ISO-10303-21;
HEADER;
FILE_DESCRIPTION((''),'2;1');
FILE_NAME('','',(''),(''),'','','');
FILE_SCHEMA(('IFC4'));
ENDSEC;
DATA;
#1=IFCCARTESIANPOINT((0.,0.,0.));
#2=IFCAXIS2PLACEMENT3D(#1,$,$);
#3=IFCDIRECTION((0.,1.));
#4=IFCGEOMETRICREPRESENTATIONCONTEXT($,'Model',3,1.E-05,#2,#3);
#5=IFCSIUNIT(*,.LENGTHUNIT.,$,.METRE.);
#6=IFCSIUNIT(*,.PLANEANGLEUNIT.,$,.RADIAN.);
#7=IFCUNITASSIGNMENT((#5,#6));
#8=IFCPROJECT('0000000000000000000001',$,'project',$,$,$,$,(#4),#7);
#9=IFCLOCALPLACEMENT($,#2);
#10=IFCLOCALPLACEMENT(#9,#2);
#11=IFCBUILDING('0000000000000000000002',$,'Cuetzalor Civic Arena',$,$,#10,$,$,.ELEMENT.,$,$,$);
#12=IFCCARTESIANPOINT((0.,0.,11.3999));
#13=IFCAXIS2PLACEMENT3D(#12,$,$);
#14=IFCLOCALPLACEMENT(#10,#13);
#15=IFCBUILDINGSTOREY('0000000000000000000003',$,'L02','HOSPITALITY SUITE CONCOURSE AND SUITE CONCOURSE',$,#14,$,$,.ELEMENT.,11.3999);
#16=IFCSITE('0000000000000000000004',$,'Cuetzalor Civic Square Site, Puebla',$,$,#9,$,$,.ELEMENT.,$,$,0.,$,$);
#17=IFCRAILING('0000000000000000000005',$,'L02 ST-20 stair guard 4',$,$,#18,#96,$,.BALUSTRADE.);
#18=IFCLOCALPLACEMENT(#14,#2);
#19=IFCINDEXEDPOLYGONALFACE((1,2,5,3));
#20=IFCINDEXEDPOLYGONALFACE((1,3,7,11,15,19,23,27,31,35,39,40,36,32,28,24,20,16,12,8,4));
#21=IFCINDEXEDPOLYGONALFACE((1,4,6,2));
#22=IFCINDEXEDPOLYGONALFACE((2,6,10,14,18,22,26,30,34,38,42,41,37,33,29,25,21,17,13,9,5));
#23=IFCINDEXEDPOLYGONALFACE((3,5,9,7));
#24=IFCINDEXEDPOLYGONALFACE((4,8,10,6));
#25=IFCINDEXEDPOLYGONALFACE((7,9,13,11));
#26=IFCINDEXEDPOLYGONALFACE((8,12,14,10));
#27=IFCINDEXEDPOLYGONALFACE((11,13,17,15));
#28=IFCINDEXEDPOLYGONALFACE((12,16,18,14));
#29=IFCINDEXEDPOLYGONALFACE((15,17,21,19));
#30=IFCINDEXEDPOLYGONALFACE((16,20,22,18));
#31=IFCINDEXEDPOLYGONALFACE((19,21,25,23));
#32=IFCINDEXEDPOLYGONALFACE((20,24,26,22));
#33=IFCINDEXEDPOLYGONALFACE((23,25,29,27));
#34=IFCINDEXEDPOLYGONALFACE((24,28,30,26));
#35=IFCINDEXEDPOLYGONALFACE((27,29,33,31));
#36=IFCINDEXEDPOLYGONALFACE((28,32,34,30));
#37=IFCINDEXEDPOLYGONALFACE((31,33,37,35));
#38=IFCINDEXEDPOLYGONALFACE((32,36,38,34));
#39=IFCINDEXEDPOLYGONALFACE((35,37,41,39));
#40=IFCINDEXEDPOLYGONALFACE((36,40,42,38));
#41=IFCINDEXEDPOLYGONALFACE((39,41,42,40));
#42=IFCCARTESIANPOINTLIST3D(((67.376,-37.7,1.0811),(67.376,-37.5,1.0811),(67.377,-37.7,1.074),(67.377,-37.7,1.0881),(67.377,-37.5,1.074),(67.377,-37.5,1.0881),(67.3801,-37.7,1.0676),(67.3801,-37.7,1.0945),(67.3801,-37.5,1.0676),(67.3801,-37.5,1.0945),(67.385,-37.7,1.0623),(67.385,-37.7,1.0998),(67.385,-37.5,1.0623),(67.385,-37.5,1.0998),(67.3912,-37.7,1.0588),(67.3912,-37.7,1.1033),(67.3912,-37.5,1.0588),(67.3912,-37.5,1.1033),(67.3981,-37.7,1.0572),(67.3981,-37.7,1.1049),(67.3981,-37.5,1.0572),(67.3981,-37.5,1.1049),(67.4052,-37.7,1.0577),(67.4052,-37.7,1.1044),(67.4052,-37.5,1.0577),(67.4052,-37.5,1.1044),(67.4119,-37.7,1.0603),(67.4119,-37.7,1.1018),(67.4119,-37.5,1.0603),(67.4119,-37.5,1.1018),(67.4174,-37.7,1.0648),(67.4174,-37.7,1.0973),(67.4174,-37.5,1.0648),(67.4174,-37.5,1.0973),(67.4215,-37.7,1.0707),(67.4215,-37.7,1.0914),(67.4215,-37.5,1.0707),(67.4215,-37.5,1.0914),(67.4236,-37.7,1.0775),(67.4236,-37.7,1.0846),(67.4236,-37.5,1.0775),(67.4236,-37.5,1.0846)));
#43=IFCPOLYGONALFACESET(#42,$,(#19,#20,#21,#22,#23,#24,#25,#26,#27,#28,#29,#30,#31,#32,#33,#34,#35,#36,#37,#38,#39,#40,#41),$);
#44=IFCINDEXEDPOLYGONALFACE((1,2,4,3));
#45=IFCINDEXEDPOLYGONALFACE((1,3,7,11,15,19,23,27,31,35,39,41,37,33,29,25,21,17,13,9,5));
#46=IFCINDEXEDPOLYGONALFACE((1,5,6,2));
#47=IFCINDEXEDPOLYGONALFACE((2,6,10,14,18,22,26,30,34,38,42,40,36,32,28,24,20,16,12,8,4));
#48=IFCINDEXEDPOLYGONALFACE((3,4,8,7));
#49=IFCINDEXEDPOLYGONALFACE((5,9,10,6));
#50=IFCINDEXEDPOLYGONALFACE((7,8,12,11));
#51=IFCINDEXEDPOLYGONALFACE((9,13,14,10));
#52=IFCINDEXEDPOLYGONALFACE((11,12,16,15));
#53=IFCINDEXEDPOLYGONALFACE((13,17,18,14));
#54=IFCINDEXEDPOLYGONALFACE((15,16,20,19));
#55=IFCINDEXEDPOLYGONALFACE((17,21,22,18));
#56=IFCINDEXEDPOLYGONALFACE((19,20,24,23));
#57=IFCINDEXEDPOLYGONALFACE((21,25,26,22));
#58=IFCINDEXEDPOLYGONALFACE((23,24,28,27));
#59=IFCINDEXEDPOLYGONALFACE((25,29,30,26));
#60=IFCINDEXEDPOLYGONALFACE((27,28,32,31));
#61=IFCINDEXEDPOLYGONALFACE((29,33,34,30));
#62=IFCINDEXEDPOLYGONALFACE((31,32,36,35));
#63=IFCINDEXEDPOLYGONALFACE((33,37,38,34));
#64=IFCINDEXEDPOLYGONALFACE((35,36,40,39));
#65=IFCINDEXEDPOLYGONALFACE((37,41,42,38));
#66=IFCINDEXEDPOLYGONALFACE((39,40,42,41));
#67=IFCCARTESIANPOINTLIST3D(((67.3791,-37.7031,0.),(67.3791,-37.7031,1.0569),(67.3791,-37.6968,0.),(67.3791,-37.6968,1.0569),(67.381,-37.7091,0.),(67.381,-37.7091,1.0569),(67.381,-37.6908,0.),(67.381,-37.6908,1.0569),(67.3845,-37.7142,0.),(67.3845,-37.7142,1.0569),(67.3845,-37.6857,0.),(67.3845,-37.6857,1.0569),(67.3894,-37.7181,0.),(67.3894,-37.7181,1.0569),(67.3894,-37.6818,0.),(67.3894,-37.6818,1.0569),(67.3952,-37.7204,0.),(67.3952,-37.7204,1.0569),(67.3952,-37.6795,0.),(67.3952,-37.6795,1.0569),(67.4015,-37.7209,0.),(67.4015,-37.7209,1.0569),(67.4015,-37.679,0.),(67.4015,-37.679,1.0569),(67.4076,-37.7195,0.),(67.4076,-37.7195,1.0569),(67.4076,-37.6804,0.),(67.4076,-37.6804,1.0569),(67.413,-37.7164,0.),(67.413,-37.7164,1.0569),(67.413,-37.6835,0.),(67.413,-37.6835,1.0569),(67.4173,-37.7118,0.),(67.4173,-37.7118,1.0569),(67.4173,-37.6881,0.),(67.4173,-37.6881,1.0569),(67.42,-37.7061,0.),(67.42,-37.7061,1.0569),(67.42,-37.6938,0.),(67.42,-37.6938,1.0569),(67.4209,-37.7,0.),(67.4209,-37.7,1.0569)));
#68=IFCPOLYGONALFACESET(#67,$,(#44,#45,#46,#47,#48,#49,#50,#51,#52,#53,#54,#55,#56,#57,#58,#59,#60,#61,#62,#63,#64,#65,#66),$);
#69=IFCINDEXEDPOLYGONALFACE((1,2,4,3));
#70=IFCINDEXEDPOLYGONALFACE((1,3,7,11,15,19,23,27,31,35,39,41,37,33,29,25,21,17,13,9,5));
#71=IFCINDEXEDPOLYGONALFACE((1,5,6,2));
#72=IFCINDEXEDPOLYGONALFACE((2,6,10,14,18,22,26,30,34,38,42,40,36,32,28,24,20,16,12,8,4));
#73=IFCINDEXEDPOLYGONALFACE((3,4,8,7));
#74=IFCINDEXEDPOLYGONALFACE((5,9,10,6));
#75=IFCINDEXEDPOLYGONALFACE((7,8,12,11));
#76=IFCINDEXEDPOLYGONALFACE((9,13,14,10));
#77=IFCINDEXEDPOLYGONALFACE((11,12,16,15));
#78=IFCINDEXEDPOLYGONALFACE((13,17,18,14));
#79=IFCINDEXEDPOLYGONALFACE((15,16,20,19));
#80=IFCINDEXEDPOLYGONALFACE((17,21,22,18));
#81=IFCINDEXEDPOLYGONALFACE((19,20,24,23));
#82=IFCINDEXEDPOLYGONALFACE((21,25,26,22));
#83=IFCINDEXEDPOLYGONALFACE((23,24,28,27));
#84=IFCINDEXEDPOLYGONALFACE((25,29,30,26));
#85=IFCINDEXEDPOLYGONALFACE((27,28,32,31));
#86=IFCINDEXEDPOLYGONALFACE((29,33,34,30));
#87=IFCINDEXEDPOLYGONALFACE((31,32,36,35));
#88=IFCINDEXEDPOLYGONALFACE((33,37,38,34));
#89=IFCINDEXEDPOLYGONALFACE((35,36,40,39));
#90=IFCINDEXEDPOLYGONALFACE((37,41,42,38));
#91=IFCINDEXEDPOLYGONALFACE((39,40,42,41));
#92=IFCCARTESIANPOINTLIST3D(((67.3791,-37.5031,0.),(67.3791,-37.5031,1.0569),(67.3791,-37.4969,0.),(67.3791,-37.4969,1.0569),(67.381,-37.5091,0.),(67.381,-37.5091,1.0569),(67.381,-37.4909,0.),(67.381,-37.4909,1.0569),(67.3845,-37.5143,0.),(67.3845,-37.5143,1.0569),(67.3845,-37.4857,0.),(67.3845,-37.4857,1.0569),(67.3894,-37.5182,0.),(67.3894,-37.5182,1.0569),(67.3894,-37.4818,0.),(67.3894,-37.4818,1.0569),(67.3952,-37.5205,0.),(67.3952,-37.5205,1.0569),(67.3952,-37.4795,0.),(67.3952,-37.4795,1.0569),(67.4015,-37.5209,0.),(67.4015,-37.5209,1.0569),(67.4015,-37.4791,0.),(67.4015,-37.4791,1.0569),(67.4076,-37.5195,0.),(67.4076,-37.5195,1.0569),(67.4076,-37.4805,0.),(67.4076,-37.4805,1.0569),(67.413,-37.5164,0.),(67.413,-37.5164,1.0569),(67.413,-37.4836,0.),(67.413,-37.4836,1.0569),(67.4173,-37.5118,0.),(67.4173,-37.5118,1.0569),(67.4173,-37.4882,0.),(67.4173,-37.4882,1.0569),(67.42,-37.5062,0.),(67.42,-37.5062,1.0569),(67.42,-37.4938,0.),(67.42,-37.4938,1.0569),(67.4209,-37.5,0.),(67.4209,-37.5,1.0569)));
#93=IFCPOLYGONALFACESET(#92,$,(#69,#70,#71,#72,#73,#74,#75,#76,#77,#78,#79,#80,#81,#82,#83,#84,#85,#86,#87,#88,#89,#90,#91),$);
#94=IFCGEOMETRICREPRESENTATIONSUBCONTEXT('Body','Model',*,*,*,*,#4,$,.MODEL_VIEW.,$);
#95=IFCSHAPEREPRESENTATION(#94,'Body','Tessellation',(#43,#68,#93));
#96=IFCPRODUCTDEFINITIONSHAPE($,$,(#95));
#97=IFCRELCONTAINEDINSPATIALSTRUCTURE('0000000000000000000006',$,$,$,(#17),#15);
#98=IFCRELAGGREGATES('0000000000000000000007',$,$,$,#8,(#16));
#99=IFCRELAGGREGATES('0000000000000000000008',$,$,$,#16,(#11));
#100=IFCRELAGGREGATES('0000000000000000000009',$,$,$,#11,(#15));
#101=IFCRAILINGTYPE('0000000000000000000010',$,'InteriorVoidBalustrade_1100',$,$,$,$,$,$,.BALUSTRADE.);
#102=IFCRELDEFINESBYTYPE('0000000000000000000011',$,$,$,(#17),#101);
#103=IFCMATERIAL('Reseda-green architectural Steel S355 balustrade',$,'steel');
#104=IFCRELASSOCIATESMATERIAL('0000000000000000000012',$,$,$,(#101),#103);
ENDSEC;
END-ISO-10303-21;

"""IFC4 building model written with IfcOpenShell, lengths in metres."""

from ifc_helpers import new_model, si_unit, direction, frame, origin, origin_2d, place, context, subcontext, project, spatial, circle, extrude, material, type_object, element, save


model = new_model("IFC4")

# Units and contexts
model_context = context("Model", 3, precision=1e-05, world=origin(), true_north=direction((0.0, 1.0)))
body_context = subcontext(model_context, "Body", "Model", "MODEL_VIEW")
ifc_project = project(units=[si_unit("LENGTHUNIT", "METRE"), si_unit("PLANEANGLEUNIT", "RADIAN")], contexts=[model_context])

# Site, building, storey
site_placement = place(None, origin())
site = spatial("IfcSite", under=ifc_project, at=site_placement, Name="Cuetzalor Civic Square Site, Puebla", CompositionType="ELEMENT", RefElevation=0.0)
building_placement = place(site_placement, origin())
building = spatial("IfcBuilding", under=site, at=building_placement, Name="Cuetzalor Civic Arena", CompositionType="ELEMENT")
storey_placement = place(building_placement, frame((0.0, 0.0, 11.3999)))
storey = spatial("IfcBuildingStorey", under=building, at=storey_placement, Name="L02", Description="HOSPITALITY SUITE CONCOURSE AND SUITE CONCOURSE", CompositionType="ELEMENT", Elevation=11.3999)

# Railing
ifc_material_1 = material(Name="Reseda-green architectural Steel S355 balustrade", Category="steel")
railing_type_1 = type_object("IfcRailingType", Name="InteriorVoidBalustrade_1100", PredefinedType="BALUSTRADE", material=ifc_material_1)
railing_1_placement = place(storey_placement, frame((67.3999, -37.7, 0.0)))
element("IfcRailing", 1, at=railing_1_placement, inside=storey, type_object=railing_type_1, Name="L02 ST-20 stair guard 4", PredefinedType="BALUSTRADE", context=body_context, shape_type="SweptSolid", body=[
    extrude(circle(Radius=0.0239, at=origin_2d()), frame((0.0, 0.0, 1.0811), z_axis=(0.0, 1.0, 0.0), x_axis=(-1.0, 0.0, 0.0)), (0.0, 0.0, 1.0), 0.2),
    extrude(circle(Radius=0.021, at=origin_2d()), origin(), (0.0, 0.0, 1.0), 1.0569),
    extrude(circle(Radius=0.021, at=origin_2d()), frame((0.0, 0.2, 0.0)), (0.0, 0.0, 1.0), 1.0569),
])

save(model, "model.ifc")
